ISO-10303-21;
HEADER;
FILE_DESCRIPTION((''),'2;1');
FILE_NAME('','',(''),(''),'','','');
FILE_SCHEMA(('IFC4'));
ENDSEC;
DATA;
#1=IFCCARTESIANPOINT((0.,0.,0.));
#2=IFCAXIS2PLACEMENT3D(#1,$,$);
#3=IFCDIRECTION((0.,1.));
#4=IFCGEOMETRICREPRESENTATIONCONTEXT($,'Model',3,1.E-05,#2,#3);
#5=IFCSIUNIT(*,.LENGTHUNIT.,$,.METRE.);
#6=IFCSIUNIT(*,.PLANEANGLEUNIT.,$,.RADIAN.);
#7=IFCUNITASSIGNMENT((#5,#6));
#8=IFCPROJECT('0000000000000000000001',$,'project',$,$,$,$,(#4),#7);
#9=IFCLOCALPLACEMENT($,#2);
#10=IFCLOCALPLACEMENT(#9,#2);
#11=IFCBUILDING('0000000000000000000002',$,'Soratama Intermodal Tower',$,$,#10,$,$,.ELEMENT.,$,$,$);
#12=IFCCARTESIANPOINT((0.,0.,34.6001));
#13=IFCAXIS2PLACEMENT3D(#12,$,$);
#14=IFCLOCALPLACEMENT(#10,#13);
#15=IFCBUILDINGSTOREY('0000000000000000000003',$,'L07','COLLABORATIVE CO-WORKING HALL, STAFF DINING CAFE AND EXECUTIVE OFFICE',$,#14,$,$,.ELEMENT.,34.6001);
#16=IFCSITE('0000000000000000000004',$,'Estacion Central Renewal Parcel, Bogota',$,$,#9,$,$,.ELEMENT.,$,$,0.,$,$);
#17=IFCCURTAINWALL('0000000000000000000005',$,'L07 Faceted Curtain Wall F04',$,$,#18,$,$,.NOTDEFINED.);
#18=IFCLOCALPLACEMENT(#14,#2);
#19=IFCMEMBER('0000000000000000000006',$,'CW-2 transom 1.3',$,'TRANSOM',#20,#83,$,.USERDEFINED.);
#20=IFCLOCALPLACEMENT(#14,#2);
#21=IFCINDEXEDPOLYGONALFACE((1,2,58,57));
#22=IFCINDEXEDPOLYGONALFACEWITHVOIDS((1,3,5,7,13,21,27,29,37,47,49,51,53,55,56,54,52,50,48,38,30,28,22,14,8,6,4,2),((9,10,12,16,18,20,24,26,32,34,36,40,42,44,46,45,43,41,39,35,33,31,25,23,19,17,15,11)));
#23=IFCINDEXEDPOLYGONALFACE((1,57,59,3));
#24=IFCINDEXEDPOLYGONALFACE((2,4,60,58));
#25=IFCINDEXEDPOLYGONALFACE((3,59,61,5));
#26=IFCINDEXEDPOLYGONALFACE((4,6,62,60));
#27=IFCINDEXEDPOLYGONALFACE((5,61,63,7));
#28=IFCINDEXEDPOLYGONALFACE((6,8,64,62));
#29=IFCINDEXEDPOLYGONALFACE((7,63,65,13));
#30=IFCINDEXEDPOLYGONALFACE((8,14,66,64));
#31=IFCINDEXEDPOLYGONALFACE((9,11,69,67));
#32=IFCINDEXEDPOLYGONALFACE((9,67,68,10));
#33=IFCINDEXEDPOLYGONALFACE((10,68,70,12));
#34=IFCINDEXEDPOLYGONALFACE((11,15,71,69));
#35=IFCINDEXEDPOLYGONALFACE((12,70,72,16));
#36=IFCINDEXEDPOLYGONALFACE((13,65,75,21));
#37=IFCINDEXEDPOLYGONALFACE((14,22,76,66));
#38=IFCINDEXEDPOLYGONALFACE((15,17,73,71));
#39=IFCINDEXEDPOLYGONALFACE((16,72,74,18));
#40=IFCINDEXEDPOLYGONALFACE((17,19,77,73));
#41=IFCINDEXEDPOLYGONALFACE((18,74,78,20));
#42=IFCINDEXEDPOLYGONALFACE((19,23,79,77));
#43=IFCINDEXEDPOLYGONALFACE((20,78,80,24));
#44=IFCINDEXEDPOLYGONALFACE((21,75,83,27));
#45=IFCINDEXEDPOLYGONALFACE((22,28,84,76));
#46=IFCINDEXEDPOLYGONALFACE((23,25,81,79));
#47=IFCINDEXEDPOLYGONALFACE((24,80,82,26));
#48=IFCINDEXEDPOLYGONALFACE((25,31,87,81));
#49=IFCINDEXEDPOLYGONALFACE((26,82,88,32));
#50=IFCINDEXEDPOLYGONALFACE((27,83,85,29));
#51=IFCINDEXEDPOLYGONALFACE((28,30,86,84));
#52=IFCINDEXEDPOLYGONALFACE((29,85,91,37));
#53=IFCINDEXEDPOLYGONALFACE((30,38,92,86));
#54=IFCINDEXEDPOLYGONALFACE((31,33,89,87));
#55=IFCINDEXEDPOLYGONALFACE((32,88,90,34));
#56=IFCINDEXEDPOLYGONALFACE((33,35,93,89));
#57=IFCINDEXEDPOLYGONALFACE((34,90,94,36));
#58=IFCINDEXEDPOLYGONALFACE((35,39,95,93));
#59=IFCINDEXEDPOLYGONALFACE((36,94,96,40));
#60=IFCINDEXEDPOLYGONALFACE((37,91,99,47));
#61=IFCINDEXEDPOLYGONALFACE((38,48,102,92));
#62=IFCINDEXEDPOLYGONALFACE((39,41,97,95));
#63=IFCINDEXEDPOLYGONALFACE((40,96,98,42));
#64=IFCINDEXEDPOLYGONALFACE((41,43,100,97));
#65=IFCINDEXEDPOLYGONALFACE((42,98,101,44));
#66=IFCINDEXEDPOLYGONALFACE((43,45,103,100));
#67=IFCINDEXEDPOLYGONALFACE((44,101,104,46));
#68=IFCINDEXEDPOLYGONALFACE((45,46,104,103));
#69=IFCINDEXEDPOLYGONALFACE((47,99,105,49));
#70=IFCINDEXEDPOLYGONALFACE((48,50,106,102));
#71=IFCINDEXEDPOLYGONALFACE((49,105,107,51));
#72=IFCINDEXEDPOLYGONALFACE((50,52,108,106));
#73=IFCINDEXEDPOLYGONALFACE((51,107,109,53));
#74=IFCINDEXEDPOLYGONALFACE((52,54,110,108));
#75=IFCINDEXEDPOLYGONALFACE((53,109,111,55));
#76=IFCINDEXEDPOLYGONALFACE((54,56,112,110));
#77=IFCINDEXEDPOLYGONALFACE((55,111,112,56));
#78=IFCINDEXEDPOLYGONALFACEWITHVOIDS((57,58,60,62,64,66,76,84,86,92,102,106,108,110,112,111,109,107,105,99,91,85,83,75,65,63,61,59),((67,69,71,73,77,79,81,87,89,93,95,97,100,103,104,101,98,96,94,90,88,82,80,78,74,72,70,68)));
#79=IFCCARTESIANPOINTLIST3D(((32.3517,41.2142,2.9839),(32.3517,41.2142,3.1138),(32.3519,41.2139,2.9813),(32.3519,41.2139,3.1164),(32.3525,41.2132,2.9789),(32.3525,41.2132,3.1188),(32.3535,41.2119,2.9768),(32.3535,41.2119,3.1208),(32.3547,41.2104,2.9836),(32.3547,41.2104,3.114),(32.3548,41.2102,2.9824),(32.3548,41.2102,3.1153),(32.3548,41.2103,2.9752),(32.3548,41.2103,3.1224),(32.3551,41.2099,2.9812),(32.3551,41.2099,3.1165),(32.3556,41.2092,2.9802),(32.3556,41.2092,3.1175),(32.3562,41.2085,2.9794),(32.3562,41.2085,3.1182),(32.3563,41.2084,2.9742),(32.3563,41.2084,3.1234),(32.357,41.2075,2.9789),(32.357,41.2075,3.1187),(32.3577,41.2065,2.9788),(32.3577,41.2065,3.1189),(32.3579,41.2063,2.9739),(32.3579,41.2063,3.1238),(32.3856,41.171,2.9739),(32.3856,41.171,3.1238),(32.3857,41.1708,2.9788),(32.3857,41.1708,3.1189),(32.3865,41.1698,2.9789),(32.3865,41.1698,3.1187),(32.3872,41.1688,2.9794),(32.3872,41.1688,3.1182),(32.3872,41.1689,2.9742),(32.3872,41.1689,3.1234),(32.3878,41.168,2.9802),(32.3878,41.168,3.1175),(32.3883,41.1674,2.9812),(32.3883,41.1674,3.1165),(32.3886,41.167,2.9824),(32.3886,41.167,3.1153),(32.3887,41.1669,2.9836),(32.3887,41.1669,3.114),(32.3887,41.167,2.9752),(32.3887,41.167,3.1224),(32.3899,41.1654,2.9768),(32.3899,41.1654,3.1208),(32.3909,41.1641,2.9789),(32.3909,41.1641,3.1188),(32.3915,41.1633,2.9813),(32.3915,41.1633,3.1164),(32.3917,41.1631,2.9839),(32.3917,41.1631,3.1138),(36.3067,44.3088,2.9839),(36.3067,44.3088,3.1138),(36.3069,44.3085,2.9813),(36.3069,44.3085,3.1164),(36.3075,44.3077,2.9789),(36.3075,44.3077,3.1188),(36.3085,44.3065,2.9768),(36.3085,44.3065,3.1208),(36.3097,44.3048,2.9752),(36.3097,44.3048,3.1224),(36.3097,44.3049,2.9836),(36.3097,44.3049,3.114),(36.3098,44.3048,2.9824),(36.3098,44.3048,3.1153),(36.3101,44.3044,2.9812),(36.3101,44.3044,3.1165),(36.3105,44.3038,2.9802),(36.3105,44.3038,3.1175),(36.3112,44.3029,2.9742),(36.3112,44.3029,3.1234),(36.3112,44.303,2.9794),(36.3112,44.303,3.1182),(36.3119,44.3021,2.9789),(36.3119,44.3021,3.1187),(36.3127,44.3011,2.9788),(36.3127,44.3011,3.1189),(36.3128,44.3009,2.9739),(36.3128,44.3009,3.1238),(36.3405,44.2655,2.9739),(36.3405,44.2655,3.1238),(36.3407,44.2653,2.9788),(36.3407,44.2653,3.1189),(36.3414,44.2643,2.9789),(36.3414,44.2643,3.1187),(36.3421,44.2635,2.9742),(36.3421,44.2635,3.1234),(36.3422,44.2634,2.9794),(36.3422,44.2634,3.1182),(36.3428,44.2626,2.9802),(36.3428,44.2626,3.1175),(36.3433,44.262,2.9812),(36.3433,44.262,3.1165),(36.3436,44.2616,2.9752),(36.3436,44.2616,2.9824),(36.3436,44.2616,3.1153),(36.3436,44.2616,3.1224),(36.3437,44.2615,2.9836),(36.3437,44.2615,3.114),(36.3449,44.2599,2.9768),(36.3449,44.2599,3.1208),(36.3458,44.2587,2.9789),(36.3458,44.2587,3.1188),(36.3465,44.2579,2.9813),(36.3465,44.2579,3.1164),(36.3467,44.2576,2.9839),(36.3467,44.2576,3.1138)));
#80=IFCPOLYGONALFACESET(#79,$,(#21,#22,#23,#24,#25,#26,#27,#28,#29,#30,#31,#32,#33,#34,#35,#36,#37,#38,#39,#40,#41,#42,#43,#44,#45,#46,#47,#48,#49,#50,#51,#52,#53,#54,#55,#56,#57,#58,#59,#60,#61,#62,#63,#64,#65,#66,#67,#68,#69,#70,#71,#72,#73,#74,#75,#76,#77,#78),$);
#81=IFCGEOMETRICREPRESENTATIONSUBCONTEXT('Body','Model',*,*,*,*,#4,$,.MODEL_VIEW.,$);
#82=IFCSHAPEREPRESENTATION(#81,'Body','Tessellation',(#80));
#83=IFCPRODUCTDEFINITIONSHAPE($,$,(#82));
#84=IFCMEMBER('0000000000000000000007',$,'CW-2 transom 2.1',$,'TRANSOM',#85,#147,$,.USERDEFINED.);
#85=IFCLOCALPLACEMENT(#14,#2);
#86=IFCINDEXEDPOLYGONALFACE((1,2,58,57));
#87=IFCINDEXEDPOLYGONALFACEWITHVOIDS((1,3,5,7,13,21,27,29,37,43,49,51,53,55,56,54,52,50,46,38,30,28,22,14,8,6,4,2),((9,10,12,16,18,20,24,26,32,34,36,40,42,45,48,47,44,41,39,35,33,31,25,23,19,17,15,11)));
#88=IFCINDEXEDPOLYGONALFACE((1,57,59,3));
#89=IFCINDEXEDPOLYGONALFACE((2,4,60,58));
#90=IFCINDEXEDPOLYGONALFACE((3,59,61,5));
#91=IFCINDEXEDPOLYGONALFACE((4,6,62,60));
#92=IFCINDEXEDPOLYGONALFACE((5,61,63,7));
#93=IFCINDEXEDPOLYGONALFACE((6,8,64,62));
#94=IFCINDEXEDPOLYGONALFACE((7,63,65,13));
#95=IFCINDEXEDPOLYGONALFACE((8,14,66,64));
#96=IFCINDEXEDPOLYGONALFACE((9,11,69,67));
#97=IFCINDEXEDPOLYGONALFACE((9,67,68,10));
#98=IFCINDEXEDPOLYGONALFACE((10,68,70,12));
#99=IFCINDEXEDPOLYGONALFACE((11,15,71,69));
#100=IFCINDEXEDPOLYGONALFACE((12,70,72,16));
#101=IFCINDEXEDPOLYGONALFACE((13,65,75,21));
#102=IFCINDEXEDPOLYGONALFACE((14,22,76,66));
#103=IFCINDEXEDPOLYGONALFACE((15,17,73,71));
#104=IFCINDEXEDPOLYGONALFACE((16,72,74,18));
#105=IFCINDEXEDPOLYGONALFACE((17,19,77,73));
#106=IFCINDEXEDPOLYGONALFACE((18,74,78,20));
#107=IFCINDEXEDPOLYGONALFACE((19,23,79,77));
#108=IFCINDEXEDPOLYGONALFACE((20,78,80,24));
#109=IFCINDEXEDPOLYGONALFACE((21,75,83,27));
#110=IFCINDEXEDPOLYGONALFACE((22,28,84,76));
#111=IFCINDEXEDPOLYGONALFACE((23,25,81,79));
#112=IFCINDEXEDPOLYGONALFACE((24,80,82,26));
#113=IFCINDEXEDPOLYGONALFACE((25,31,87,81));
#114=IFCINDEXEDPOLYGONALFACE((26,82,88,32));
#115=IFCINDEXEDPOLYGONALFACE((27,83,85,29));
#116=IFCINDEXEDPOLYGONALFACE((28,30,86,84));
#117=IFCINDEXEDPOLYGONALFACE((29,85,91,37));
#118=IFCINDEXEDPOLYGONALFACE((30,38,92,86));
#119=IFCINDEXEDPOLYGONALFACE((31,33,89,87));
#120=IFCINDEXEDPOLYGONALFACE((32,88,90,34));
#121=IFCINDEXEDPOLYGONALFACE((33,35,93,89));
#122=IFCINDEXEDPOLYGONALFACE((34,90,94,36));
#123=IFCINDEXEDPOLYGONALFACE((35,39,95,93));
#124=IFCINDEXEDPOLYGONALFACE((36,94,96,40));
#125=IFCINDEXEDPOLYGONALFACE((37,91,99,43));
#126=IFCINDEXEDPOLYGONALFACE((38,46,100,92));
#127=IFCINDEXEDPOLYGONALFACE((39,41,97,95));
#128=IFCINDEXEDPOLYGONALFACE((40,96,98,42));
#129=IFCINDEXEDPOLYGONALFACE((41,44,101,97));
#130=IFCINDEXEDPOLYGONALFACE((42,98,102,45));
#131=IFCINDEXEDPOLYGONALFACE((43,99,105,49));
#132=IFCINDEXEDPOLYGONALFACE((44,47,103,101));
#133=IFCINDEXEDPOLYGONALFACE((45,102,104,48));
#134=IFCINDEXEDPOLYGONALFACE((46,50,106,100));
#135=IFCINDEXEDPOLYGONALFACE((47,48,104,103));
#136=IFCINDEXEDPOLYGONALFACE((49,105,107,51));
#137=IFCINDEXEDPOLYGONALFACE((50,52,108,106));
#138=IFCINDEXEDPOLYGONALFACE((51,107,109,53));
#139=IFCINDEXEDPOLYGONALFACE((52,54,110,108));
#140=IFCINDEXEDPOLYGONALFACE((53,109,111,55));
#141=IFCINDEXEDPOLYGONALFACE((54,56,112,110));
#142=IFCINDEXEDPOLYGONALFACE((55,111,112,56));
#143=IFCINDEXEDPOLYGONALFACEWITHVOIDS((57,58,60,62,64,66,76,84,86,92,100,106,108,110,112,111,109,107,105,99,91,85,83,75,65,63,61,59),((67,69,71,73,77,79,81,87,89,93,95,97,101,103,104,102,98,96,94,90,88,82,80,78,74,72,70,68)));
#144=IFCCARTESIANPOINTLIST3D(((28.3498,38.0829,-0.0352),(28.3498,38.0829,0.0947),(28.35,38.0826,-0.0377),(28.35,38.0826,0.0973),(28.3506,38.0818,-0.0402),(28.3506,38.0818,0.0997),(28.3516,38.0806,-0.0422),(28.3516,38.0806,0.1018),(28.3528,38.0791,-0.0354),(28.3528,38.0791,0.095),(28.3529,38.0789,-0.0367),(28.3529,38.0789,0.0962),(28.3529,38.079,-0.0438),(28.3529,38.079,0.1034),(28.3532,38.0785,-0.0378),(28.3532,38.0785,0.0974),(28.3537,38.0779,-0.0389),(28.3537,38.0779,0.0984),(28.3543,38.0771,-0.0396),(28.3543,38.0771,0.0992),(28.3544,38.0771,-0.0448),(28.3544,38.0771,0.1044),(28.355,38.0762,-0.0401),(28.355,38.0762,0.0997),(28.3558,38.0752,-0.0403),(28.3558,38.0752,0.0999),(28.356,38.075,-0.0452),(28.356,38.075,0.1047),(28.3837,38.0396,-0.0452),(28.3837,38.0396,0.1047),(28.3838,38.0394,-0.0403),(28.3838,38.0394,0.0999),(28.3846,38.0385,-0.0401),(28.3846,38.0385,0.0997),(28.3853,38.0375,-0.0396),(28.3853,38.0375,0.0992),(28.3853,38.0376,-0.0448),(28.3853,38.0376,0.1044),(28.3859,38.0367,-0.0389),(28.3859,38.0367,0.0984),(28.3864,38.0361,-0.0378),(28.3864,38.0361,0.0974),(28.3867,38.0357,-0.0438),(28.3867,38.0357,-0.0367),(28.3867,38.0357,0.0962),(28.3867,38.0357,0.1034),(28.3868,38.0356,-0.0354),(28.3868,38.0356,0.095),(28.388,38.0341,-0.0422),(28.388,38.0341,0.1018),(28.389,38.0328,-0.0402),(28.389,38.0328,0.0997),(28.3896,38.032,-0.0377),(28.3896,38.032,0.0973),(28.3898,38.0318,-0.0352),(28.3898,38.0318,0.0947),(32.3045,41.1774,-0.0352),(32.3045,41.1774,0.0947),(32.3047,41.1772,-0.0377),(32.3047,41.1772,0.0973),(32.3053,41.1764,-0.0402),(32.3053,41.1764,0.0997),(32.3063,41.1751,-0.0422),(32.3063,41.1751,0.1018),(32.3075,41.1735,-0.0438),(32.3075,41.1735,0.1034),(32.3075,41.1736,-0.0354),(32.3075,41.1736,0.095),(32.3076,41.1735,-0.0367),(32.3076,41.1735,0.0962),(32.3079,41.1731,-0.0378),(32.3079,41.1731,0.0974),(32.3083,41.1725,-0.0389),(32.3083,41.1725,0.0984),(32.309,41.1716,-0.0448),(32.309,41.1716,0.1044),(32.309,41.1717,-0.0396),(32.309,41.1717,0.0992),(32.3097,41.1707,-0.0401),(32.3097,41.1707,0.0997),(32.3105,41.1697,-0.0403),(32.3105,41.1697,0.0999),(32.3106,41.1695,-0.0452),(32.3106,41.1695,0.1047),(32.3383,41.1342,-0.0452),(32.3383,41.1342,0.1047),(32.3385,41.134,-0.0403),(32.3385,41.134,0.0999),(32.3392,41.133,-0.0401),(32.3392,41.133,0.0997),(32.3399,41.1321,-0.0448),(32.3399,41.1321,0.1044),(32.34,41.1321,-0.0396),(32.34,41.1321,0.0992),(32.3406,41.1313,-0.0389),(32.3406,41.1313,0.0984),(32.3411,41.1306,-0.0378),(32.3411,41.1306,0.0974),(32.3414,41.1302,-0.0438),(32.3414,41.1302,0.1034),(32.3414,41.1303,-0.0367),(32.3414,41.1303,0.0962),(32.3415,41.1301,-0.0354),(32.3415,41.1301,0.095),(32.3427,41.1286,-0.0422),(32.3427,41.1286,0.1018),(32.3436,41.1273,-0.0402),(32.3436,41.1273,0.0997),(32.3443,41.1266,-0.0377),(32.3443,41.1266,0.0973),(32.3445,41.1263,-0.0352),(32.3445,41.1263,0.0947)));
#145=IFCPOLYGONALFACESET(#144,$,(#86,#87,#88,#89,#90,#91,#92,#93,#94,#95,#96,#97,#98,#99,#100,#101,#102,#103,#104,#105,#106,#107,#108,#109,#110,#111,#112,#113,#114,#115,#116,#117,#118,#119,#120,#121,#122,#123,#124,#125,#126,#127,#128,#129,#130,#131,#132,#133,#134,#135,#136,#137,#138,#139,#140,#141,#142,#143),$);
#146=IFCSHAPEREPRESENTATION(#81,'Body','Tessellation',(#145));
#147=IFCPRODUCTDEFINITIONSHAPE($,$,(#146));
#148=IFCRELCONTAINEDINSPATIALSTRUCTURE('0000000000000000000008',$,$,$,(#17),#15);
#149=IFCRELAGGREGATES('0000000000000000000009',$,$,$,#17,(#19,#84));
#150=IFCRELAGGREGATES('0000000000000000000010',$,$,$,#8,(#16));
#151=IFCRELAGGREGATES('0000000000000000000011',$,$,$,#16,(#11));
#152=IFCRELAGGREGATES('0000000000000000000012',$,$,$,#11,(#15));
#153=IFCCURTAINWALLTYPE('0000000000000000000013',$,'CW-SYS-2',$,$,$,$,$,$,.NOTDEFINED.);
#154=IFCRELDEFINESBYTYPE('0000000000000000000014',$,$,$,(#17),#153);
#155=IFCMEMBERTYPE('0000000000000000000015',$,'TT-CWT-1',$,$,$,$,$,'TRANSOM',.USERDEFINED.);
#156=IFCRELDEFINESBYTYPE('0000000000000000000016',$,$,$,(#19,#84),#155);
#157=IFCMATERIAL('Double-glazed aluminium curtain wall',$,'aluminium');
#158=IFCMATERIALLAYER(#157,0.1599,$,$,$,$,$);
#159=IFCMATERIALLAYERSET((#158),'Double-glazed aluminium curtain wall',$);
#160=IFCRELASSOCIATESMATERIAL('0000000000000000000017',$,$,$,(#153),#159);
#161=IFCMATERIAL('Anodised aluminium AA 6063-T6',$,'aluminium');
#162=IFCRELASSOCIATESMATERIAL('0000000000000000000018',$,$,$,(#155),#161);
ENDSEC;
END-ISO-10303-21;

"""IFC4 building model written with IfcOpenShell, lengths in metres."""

from ifc_helpers import new_model, si_unit, direction, frame, origin, origin_2d, place, context, subcontext, project, spatial, hollow_rectangle, extrude, material, layer, layer_set, material_profile, profile_set, type_object, element, aggregate, save


model = new_model("IFC4")

# Units and contexts
model_context = context("Model", 3, precision=1e-05, world=origin(), true_north=direction((0.0, 1.0)))
body_context = subcontext(model_context, "Body", "Model", "MODEL_VIEW")
ifc_project = project(units=[si_unit("LENGTHUNIT", "METRE"), si_unit("PLANEANGLEUNIT", "RADIAN")], contexts=[model_context])

# Site, building, storey
site_placement = place(None, origin())
site = spatial("IfcSite", under=ifc_project, at=site_placement, Name="Estacion Central Renewal Parcel, Bogota", CompositionType="ELEMENT", RefElevation=0.0)
building_placement = place(site_placement, origin())
building = spatial("IfcBuilding", under=site, at=building_placement, Name="Soratama Intermodal Tower", CompositionType="ELEMENT")
storey_placement = place(building_placement, frame((0.0, 0.0, 34.6001)))
storey = spatial("IfcBuildingStorey", under=building, at=storey_placement, Name="L07", Description="COLLABORATIVE CO-WORKING HALL, STAFF DINING CAFE AND EXECUTIVE OFFICE", CompositionType="ELEMENT", Elevation=34.6001)

# Curtain wall, members
ifc_material_1 = material(Name="Double-glazed aluminium curtain wall", Category="aluminium")
ifc_layer_1 = layer(ifc_material_1, 0.1599)
ifc_layer_set_1 = layer_set([ifc_layer_1], Name="Double-glazed aluminium curtain wall")
curtain_wall_type = type_object("IfcCurtainWallType", Name="CW-SYS-2", PredefinedType="NOTDEFINED", material=ifc_layer_set_1)
curtain_wall_placement = place(storey_placement, origin())
curtain_wall = element("IfcCurtainWall", 1, at=curtain_wall_placement, inside=storey, type_object=curtain_wall_type, Name="L07 Faceted Curtain Wall F04", PredefinedType="NOTDEFINED")
ifc_material_2 = material(Name="Anodised aluminium AA 6063-T6", Category="aluminium")
ifc_material_profile_1 = material_profile(ifc_material_2, hollow_rectangle(XDim=0.0649, YDim=0.1499, WallThickness=0.0049, InnerFilletRadius=0.0049, OuterFilletRadius=0.01, at=origin_2d()), Name="CWT150X65X5")
ifc_profile_set_1 = profile_set([ifc_material_profile_1], Name="Anodised aluminium AA 6063-T6")
member_type_1 = type_object("IfcMemberType", Name="TT-CWT-1", ElementType="TRANSOM", PredefinedType="USERDEFINED", material=ifc_profile_set_1)
member_1_placement = place(storey_placement, frame((36.3267, 44.2832, 3.0488), z_axis=(-0.787563, -0.616234, 0.0), x_axis=(0.616234, -0.787563, 0.0)))
member_1 = element("IfcMember", 2, at=member_1_placement, type_object=member_type_1, Name="CW-2 transom 1.3", ObjectType="TRANSOM", PredefinedType="USERDEFINED", context=body_context, shape_type="SweptSolid", body=[
    extrude(hollow_rectangle(XDim=0.0649, YDim=0.1499, WallThickness=0.0049, InnerFilletRadius=0.0049, OuterFilletRadius=0.01, at=origin_2d()), origin(), (0.0, 0.0, 1.0), 5.0217),
])
member_2_placement = place(storey_placement, frame((32.3245, 41.1519, 0.0298), z_axis=(-0.787545, -0.616257, 0.0), x_axis=(0.616257, -0.787545, 0.0)))
member_2 = element("IfcMember", 3, at=member_2_placement, type_object=member_type_1, Name="CW-2 transom 2.1", ObjectType="TRANSOM", PredefinedType="USERDEFINED", context=body_context, shape_type="SweptSolid", body=[
    extrude(hollow_rectangle(XDim=0.0649, YDim=0.1499, WallThickness=0.0049, InnerFilletRadius=0.0049, OuterFilletRadius=0.01, at=origin_2d()), origin(), (0.0, 0.0, 1.0), 5.0215),
])
aggregate(curtain_wall, [member_1, member_2])

save(model, "model.ifc")
